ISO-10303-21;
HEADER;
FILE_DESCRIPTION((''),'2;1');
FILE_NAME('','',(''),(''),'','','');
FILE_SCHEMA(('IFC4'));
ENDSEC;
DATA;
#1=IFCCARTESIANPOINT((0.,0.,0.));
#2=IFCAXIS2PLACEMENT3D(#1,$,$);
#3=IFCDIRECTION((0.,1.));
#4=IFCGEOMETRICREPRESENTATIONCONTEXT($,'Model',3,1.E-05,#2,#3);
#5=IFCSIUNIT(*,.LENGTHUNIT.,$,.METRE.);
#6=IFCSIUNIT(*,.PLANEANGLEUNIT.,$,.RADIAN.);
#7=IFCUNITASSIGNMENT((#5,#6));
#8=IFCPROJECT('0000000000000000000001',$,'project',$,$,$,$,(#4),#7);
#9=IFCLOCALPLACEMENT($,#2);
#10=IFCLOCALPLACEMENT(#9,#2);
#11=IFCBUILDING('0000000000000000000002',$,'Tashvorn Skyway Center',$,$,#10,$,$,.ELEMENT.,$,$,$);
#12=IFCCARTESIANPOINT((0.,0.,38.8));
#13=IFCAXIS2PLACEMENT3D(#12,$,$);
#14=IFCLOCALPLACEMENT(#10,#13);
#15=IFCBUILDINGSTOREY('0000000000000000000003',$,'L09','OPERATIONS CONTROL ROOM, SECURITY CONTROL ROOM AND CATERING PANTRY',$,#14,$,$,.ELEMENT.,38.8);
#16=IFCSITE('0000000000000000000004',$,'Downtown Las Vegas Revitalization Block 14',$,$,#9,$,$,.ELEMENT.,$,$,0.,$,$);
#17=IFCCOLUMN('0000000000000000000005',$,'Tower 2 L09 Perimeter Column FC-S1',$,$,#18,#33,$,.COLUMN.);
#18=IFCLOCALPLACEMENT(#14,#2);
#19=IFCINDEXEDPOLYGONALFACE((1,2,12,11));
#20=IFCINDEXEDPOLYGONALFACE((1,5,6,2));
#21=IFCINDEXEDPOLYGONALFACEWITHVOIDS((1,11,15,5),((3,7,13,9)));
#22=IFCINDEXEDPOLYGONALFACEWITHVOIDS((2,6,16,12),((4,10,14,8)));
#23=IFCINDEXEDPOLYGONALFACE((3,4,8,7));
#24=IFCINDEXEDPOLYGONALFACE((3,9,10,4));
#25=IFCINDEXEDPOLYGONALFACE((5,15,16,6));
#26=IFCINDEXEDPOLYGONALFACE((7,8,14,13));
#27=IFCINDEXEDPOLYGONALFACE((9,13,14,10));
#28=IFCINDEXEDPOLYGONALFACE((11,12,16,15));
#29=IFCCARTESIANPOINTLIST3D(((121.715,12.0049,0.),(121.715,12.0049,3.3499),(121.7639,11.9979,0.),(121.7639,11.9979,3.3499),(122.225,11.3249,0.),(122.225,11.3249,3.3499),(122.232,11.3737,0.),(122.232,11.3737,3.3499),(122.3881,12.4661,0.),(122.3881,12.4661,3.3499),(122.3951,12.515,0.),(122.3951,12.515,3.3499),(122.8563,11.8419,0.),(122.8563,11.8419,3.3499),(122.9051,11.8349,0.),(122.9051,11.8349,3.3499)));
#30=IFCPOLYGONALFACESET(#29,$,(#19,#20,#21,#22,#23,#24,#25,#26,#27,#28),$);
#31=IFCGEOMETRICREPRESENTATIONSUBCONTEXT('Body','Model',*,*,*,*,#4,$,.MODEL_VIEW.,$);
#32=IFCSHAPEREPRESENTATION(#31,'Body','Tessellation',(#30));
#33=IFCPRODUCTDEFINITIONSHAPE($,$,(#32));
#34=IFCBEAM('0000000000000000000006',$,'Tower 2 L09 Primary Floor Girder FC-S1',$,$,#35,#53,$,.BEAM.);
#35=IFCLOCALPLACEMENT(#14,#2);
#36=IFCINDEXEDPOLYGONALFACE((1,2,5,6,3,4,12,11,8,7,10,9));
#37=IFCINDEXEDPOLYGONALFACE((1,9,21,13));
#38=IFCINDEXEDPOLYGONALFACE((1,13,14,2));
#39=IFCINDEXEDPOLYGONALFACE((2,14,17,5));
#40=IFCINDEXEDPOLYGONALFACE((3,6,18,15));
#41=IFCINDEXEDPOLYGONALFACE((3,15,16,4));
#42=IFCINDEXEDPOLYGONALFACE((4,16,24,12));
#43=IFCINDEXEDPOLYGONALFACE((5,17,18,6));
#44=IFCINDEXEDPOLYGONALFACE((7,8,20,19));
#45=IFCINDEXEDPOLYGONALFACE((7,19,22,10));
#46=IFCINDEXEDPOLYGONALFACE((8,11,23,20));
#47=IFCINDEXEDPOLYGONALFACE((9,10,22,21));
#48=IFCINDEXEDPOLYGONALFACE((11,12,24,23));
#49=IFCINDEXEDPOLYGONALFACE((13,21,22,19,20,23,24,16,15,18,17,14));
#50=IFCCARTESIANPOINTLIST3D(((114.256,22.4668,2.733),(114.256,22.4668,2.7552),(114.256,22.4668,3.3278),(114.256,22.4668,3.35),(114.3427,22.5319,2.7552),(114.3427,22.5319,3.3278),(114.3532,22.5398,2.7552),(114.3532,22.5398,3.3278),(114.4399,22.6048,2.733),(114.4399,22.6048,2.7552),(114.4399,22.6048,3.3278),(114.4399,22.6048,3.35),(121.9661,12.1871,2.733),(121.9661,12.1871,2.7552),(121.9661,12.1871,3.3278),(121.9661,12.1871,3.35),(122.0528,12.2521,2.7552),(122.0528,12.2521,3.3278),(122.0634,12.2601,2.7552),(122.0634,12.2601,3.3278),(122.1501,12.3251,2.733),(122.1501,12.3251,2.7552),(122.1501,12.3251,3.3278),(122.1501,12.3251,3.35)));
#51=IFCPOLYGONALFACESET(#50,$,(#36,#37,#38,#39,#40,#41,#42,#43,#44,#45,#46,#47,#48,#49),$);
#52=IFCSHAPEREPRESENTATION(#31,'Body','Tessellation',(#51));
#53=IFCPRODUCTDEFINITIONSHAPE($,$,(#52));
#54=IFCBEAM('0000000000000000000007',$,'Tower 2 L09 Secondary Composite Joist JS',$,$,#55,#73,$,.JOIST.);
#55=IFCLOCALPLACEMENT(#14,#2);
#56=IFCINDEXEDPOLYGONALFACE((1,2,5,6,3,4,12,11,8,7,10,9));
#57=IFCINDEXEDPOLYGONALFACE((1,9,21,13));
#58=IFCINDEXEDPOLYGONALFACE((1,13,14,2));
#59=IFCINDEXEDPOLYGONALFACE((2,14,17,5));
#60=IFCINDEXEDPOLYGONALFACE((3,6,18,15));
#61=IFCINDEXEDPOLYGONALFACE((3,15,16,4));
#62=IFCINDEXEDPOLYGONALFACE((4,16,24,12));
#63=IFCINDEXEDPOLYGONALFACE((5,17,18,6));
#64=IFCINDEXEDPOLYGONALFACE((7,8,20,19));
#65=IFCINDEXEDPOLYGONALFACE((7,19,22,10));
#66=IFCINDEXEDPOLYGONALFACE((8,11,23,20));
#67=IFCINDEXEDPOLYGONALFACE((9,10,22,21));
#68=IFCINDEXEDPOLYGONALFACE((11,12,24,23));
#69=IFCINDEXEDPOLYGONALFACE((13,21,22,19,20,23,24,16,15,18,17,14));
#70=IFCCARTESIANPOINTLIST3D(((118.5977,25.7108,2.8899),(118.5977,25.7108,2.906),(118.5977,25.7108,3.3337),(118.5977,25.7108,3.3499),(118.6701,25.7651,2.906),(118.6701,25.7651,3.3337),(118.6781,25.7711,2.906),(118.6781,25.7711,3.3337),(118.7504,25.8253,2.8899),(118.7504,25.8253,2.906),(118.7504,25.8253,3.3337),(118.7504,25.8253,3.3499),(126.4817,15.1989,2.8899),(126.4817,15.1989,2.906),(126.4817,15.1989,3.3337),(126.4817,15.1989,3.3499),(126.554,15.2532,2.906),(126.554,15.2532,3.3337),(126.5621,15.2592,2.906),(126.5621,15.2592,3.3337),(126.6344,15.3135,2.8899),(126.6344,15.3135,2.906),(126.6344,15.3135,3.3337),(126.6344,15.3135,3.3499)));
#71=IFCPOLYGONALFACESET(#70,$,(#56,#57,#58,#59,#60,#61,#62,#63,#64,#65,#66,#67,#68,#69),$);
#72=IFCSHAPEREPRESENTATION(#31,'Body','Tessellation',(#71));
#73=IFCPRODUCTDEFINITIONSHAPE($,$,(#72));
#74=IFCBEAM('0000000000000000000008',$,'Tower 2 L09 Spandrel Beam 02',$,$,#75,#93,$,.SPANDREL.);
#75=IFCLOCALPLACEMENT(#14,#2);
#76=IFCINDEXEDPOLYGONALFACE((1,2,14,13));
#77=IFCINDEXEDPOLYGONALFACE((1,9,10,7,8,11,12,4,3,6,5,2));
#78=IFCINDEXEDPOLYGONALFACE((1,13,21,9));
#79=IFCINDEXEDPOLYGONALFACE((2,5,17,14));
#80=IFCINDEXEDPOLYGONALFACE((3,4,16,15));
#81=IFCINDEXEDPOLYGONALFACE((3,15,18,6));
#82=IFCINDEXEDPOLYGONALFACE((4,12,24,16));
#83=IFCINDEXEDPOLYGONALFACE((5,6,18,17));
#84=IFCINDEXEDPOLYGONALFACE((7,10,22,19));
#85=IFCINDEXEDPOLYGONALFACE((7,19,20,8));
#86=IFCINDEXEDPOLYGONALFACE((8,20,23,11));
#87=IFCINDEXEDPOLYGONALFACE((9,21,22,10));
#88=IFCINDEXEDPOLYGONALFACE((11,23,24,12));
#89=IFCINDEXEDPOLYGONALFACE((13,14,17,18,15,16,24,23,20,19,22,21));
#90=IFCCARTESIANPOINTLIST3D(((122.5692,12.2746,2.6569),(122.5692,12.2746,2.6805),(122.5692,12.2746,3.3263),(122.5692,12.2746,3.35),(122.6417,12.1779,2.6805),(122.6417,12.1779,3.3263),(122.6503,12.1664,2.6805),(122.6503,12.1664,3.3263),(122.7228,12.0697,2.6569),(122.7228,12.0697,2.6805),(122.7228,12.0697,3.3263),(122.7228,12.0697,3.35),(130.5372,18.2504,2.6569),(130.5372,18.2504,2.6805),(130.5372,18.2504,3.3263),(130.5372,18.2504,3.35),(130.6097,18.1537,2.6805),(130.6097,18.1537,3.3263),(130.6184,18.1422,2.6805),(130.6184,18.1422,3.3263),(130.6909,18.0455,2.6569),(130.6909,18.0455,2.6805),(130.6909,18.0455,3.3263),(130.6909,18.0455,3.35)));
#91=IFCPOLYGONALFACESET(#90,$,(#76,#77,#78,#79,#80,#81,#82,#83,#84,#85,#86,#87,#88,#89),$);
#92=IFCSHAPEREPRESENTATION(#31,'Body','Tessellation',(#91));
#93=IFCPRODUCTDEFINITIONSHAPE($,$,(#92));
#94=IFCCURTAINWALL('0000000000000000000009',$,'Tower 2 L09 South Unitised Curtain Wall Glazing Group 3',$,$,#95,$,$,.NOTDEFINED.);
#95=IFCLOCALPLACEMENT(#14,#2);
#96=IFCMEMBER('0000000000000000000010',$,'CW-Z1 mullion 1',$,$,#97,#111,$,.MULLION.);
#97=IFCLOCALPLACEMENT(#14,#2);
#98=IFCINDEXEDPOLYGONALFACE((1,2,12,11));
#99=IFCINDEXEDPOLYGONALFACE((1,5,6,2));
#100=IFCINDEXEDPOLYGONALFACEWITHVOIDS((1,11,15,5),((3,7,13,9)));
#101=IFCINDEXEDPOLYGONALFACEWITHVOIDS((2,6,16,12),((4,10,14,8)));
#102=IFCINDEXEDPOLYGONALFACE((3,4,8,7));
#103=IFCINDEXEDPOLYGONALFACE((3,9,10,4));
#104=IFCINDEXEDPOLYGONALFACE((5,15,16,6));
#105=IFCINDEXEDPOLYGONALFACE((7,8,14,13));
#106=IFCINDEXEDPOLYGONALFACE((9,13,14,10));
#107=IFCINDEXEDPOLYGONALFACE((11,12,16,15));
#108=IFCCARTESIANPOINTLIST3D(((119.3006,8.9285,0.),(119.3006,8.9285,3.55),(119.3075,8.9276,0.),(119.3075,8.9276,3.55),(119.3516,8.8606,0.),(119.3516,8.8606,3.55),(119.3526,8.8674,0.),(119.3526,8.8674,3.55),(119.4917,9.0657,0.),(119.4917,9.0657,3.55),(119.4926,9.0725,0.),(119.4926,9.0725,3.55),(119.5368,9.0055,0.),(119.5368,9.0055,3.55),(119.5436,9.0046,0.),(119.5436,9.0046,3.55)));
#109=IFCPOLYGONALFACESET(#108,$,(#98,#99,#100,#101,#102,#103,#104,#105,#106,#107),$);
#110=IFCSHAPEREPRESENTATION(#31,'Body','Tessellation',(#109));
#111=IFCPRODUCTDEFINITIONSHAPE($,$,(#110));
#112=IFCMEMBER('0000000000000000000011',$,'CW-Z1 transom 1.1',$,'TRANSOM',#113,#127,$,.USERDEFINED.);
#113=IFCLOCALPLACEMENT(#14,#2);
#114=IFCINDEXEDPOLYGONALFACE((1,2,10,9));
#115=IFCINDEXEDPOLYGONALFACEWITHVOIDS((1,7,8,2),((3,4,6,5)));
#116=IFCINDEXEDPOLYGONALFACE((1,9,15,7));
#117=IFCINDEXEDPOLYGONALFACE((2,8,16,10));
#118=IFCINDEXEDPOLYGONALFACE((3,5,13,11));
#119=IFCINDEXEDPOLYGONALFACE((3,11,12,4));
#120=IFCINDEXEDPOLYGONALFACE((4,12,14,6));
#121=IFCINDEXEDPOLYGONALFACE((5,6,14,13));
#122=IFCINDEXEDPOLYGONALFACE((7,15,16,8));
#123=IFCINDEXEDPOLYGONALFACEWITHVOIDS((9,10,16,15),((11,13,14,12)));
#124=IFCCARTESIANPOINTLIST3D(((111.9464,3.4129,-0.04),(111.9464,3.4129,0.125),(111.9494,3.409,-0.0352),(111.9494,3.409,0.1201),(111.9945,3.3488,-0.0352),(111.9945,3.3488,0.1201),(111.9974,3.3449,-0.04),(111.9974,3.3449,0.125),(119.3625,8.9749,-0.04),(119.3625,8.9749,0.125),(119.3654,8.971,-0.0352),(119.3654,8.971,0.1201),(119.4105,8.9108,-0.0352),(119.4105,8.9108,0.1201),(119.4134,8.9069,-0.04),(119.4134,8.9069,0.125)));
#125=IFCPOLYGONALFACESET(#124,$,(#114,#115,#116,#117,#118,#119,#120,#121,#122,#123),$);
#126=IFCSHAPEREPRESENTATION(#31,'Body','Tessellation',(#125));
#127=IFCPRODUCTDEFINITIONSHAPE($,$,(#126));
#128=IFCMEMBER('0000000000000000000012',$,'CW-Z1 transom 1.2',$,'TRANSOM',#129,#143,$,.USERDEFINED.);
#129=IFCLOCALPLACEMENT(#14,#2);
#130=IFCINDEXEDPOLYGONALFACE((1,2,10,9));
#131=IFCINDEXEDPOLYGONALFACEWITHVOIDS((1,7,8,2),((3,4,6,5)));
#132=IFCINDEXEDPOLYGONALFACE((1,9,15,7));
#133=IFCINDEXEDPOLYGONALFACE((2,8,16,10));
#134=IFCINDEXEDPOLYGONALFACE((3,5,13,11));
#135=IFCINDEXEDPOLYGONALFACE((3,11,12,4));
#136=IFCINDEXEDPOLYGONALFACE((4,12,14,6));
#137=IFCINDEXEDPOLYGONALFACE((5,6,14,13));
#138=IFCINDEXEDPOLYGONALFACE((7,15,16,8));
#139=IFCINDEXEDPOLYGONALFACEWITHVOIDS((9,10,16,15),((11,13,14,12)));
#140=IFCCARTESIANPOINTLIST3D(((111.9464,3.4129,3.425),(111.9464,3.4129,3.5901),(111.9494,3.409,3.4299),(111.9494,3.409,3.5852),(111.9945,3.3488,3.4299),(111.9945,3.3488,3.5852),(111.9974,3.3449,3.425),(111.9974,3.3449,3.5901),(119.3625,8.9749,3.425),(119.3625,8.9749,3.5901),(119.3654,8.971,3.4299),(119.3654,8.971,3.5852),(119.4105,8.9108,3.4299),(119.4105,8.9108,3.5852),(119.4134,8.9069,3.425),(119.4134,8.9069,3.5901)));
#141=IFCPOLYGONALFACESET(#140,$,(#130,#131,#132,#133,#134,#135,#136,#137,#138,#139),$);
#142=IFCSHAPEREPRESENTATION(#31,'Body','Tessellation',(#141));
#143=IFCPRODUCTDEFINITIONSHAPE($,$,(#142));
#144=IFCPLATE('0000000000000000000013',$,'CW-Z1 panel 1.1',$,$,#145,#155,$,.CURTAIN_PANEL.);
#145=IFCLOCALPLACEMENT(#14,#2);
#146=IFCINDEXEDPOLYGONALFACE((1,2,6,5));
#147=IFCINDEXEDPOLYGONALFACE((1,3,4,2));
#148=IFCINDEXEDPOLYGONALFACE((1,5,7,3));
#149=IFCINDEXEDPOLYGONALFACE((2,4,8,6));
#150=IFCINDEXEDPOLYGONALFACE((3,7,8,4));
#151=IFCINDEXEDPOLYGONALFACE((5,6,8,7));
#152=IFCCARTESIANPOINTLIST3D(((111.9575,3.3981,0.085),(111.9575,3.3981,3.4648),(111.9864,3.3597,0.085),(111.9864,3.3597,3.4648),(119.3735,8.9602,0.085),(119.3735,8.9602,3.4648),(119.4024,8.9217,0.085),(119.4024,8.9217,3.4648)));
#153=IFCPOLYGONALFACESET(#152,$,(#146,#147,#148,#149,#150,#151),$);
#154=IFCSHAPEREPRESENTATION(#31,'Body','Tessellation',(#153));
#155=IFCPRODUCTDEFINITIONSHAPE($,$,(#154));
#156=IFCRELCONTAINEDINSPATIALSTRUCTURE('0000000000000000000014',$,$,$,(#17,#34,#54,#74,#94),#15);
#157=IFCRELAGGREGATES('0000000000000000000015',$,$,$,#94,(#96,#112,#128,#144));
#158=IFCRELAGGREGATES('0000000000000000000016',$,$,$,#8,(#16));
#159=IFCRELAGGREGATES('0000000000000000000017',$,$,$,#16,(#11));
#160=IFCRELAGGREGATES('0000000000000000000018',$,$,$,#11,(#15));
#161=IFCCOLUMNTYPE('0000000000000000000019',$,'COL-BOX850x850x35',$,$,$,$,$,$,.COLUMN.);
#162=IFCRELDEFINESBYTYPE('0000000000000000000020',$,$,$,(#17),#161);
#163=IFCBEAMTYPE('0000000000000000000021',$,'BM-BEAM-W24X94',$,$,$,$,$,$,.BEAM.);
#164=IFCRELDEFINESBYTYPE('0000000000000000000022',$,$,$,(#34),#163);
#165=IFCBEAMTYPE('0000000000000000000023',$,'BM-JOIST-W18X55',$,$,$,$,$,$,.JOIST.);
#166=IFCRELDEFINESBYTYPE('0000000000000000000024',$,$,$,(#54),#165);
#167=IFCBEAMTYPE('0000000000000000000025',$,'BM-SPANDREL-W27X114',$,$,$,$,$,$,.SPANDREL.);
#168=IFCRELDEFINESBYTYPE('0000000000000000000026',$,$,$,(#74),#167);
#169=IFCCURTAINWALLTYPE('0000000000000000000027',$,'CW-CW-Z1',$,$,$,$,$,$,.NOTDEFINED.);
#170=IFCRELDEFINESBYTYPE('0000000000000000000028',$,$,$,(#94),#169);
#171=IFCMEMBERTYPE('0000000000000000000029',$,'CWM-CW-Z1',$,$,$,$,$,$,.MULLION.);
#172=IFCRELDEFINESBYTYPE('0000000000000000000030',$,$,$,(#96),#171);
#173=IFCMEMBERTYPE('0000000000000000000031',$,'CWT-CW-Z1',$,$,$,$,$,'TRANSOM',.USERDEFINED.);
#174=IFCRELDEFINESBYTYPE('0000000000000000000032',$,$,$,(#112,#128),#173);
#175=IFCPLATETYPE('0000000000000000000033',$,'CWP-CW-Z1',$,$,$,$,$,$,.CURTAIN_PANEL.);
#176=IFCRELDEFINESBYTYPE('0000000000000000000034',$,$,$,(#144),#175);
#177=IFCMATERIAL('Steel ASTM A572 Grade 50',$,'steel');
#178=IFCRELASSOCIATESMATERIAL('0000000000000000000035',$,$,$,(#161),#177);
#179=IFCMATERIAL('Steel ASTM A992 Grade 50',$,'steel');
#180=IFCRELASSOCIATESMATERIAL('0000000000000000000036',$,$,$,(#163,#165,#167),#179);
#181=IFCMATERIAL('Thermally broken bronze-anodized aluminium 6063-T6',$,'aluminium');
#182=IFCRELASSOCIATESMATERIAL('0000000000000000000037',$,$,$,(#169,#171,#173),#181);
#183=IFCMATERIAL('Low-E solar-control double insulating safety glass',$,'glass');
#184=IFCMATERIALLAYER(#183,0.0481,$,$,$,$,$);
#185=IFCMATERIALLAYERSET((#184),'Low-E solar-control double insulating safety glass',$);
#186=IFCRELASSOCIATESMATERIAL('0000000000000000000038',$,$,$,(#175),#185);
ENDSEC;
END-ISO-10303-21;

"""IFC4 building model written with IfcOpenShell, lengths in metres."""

from ifc_helpers import new_model, si_unit, direction, frame, origin, origin_2d, place, context, subcontext, project, spatial, rectangle, hollow_rectangle, i_section, extrude, material, layer, layer_set, material_profile, profile_set, type_object, element, aggregate, save


model = new_model("IFC4")

# Units and contexts
model_context = context("Model", 3, precision=1e-05, world=origin(), true_north=direction((0.0, 1.0)))
body_context = subcontext(model_context, "Body", "Model", "MODEL_VIEW")
ifc_project = project(units=[si_unit("LENGTHUNIT", "METRE"), si_unit("PLANEANGLEUNIT", "RADIAN")], contexts=[model_context])

# Site, building, storey
site_placement = place(None, origin())
site = spatial("IfcSite", under=ifc_project, at=site_placement, Name="Downtown Las Vegas Revitalization Block 14", CompositionType="ELEMENT", RefElevation=0.0)
building_placement = place(site_placement, origin())
building = spatial("IfcBuilding", under=site, at=building_placement, Name="Tashvorn Skyway Center", CompositionType="ELEMENT")
storey_placement = place(building_placement, frame((0.0, 0.0, 38.8)))
storey = spatial("IfcBuildingStorey", under=building, at=storey_placement, Name="L09", Description="OPERATIONS CONTROL ROOM, SECURITY CONTROL ROOM AND CATERING PANTRY", CompositionType="ELEMENT", Elevation=38.8)

# Column
ifc_material_1 = material(Name="Steel ASTM A572 Grade 50", Category="steel")
ifc_material_profile_1 = material_profile(ifc_material_1, hollow_rectangle(XDim=0.8501, YDim=0.8501, WallThickness=0.0349, at=origin_2d()), Name="BOX850x850x35")
ifc_profile_set_1 = profile_set([ifc_material_profile_1], Name="Steel ASTM A572 Grade 50")
column_type = type_object("IfcColumnType", Name="COL-BOX850x850x35", PredefinedType="COLUMN", material=ifc_profile_set_1)
column_placement = place(storey_placement, frame((122.3101, 11.9199, 0.0), z_axis=(0.0, 0.0, 1.0), x_axis=(0.8, 0.6, 0.0)))
element("IfcColumn", 1, at=column_placement, inside=storey, type_object=column_type, Name="Tower 2 L09 Perimeter Column FC-S1", PredefinedType="COLUMN", context=body_context, shape_type="SweptSolid", body=[
    extrude(hollow_rectangle(XDim=0.8501, YDim=0.8501, WallThickness=0.0349, at=origin_2d()), origin(), (0.0, 0.0, 1.0), 3.3499),
])

# Beams
ifc_material_2 = material(Name="Steel ASTM A992 Grade 50", Category="steel")
ifc_material_profile_2 = material_profile(ifc_material_2, i_section(OverallWidth=0.23, OverallDepth=0.6169, WebThickness=0.0132, FlangeThickness=0.0222, at=origin_2d()), Name="W24X94")
ifc_profile_set_2 = profile_set([ifc_material_profile_2], Name="Steel ASTM A992 Grade 50")
beam_type_1 = type_object("IfcBeamType", Name="BM-BEAM-W24X94", PredefinedType="BEAM", material=ifc_profile_set_2)
beam_1_placement = place(storey_placement, frame((122.0581, 12.2561, 3.0415), z_axis=(-0.600018, 0.799986, 0.0), x_axis=(-0.799986, -0.600018, 0.0)))
element("IfcBeam", 2, at=beam_1_placement, inside=storey, type_object=beam_type_1, Name="Tower 2 L09 Primary Floor Girder FC-S1", PredefinedType="BEAM", context=body_context, shape_type="SweptSolid", body=[
    extrude(i_section(OverallWidth=0.23, OverallDepth=0.6169, WebThickness=0.0132, FlangeThickness=0.0222, at=origin_2d()), origin(), (0.0, 0.0, 1.0), 12.8499),
])
ifc_material_profile_3 = material_profile(ifc_material_2, i_section(OverallWidth=0.1909, OverallDepth=0.46, WebThickness=0.01, FlangeThickness=0.0161, at=origin_2d()), Name="W18X55")
ifc_profile_set_3 = profile_set([ifc_material_profile_3], Name="Steel ASTM A992 Grade 50")
beam_type_2 = type_object("IfcBeamType", Name="BM-JOIST-W18X55", PredefinedType="JOIST", material=ifc_profile_set_3)
beam_2_placement = place(storey_placement, frame((118.6741, 25.7681, 3.1199), z_axis=(0.600003, -0.799998, 0.0), x_axis=(0.799998, 0.600003, 0.0)))
element("IfcBeam", 3, at=beam_2_placement, inside=storey, type_object=beam_type_2, Name="Tower 2 L09 Secondary Composite Joist JS", PredefinedType="JOIST", context=body_context, shape_type="SweptSolid", body=[
    extrude(i_section(OverallWidth=0.1909, OverallDepth=0.46, WebThickness=0.01, FlangeThickness=0.0161, at=origin_2d()), origin(), (0.0, 0.0, 1.0), 13.1399),
])
ifc_material_profile_4 = material_profile(ifc_material_2, i_section(OverallWidth=0.2561, OverallDepth=0.6931, WebThickness=0.0144, FlangeThickness=0.0237, at=origin_2d()), Name="W27X114")
ifc_profile_set_4 = profile_set([ifc_material_profile_4], Name="Steel ASTM A992 Grade 50")
beam_type_3 = type_object("IfcBeamType", Name="BM-SPANDREL-W27X114", PredefinedType="SPANDREL", material=ifc_profile_set_4)
beam_3_placement = place(storey_placement, frame((122.646, 12.1721, 3.0034), z_axis=(0.800009, 0.599988, 0.0), x_axis=(-0.599988, 0.800009, 0.0)))
element("IfcBeam", 4, at=beam_3_placement, inside=storey, type_object=beam_type_3, Name="Tower 2 L09 Spandrel Beam 02", PredefinedType="SPANDREL", context=body_context, shape_type="SweptSolid", body=[
    extrude(i_section(OverallWidth=0.2561, OverallDepth=0.6931, WebThickness=0.0144, FlangeThickness=0.0237, at=origin_2d()), origin(), (0.0, 0.0, 1.0), 9.96),
])

# Curtain wall, members, plate
ifc_material_3 = material(Name="Thermally broken bronze-anodized aluminium 6063-T6", Category="aluminium")
curtain_wall_type = type_object("IfcCurtainWallType", Name="CW-CW-Z1", PredefinedType="NOTDEFINED", material=ifc_material_3)
curtain_wall_placement = place(storey_placement, origin())
curtain_wall = element("IfcCurtainWall", 5, at=curtain_wall_placement, inside=storey, type_object=curtain_wall_type, Name="Tower 2 L09 South Unitised Curtain Wall Glazing Group 3", PredefinedType="NOTDEFINED")
ifc_material_profile_5 = material_profile(ifc_material_3, hollow_rectangle(XDim=0.085, YDim=0.24, WallThickness=0.0049, at=origin_2d()), Name="ALU-MULL-85x240")
ifc_profile_set_5 = profile_set([ifc_material_profile_5], Name="Thermally broken bronze-anodized aluminium 6063-T6")
member_type_1 = type_object("IfcMemberType", Name="CWM-CW-Z1", PredefinedType="MULLION", material=ifc_profile_set_5)
member_1_placement = place(storey_placement, frame((119.4221, 8.9666, 0.0), z_axis=(0.0, 0.0, 1.0), x_axis=(0.6, -0.8, 0.0)))
member_1 = element("IfcMember", 6, at=member_1_placement, type_object=member_type_1, Name="CW-Z1 mullion 1", PredefinedType="MULLION", context=body_context, shape_type="SweptSolid", body=[
    extrude(hollow_rectangle(XDim=0.085, YDim=0.24, WallThickness=0.0049, at=origin_2d()), origin(), (0.0, 0.0, 1.0), 3.55),
])
ifc_material_profile_6 = material_profile(ifc_material_3, hollow_rectangle(XDim=0.085, YDim=0.165, WallThickness=0.0049, at=origin_2d()), Name="ALU-TRAN-85x165")
ifc_profile_set_6 = profile_set([ifc_material_profile_6], Name="Thermally broken bronze-anodized aluminium 6063-T6")
member_type_2 = type_object("IfcMemberType", Name="CWT-CW-Z1", ElementType="TRANSOM", PredefinedType="USERDEFINED", material=ifc_profile_set_6)
member_2_placement = place(storey_placement, frame((119.3879, 8.9409, 0.0425), z_axis=(-0.8, -0.6, 0.0), x_axis=(0.6, -0.8, 0.0)))
member_2 = element("IfcMember", 7, at=member_2_placement, type_object=member_type_2, Name="CW-Z1 transom 1.1", ObjectType="TRANSOM", PredefinedType="USERDEFINED", context=body_context, shape_type="SweptSolid", body=[
    extrude(hollow_rectangle(XDim=0.085, YDim=0.165, WallThickness=0.0049, at=origin_2d()), origin(), (0.0, 0.0, 1.0), 9.27),
])
member_3_placement = place(storey_placement, frame((119.3879, 8.9409, 3.5076), z_axis=(-0.8, -0.6, 0.0), x_axis=(0.6, -0.8, 0.0)))
member_3 = element("IfcMember", 8, at=member_3_placement, type_object=member_type_2, Name="CW-Z1 transom 1.2", ObjectType="TRANSOM", PredefinedType="USERDEFINED", context=body_context, shape_type="SweptSolid", body=[
    extrude(hollow_rectangle(XDim=0.085, YDim=0.165, WallThickness=0.0049, at=origin_2d()), origin(), (0.0, 0.0, 1.0), 9.27),
])
ifc_material_4 = material(Name="Low-E solar-control double insulating safety glass", Category="glass")
ifc_layer_1 = layer(ifc_material_4, 0.0481)
ifc_layer_set_1 = layer_set([ifc_layer_1], Name="Low-E solar-control double insulating safety glass")
plate_type = type_object("IfcPlateType", Name="CWP-CW-Z1", PredefinedType="CURTAIN_PANEL", material=ifc_layer_set_1)
plate_placement = place(storey_placement, frame((115.6799, 6.1599, 0.085), z_axis=(0.0, 0.0, 1.0), x_axis=(-0.8, -0.6, 0.0)))
plate = element("IfcPlate", 9, at=plate_placement, type_object=plate_type, Name="CW-Z1 panel 1.1", PredefinedType="CURTAIN_PANEL", context=body_context, shape_type="SweptSolid", body=[
    extrude(rectangle(XDim=9.27, YDim=0.0481, at=origin_2d()), origin(), (0.0, 0.0, 1.0), 3.3799),
])
aggregate(curtain_wall, [member_1, member_2, member_3, plate])

save(model, "model.ifc")
